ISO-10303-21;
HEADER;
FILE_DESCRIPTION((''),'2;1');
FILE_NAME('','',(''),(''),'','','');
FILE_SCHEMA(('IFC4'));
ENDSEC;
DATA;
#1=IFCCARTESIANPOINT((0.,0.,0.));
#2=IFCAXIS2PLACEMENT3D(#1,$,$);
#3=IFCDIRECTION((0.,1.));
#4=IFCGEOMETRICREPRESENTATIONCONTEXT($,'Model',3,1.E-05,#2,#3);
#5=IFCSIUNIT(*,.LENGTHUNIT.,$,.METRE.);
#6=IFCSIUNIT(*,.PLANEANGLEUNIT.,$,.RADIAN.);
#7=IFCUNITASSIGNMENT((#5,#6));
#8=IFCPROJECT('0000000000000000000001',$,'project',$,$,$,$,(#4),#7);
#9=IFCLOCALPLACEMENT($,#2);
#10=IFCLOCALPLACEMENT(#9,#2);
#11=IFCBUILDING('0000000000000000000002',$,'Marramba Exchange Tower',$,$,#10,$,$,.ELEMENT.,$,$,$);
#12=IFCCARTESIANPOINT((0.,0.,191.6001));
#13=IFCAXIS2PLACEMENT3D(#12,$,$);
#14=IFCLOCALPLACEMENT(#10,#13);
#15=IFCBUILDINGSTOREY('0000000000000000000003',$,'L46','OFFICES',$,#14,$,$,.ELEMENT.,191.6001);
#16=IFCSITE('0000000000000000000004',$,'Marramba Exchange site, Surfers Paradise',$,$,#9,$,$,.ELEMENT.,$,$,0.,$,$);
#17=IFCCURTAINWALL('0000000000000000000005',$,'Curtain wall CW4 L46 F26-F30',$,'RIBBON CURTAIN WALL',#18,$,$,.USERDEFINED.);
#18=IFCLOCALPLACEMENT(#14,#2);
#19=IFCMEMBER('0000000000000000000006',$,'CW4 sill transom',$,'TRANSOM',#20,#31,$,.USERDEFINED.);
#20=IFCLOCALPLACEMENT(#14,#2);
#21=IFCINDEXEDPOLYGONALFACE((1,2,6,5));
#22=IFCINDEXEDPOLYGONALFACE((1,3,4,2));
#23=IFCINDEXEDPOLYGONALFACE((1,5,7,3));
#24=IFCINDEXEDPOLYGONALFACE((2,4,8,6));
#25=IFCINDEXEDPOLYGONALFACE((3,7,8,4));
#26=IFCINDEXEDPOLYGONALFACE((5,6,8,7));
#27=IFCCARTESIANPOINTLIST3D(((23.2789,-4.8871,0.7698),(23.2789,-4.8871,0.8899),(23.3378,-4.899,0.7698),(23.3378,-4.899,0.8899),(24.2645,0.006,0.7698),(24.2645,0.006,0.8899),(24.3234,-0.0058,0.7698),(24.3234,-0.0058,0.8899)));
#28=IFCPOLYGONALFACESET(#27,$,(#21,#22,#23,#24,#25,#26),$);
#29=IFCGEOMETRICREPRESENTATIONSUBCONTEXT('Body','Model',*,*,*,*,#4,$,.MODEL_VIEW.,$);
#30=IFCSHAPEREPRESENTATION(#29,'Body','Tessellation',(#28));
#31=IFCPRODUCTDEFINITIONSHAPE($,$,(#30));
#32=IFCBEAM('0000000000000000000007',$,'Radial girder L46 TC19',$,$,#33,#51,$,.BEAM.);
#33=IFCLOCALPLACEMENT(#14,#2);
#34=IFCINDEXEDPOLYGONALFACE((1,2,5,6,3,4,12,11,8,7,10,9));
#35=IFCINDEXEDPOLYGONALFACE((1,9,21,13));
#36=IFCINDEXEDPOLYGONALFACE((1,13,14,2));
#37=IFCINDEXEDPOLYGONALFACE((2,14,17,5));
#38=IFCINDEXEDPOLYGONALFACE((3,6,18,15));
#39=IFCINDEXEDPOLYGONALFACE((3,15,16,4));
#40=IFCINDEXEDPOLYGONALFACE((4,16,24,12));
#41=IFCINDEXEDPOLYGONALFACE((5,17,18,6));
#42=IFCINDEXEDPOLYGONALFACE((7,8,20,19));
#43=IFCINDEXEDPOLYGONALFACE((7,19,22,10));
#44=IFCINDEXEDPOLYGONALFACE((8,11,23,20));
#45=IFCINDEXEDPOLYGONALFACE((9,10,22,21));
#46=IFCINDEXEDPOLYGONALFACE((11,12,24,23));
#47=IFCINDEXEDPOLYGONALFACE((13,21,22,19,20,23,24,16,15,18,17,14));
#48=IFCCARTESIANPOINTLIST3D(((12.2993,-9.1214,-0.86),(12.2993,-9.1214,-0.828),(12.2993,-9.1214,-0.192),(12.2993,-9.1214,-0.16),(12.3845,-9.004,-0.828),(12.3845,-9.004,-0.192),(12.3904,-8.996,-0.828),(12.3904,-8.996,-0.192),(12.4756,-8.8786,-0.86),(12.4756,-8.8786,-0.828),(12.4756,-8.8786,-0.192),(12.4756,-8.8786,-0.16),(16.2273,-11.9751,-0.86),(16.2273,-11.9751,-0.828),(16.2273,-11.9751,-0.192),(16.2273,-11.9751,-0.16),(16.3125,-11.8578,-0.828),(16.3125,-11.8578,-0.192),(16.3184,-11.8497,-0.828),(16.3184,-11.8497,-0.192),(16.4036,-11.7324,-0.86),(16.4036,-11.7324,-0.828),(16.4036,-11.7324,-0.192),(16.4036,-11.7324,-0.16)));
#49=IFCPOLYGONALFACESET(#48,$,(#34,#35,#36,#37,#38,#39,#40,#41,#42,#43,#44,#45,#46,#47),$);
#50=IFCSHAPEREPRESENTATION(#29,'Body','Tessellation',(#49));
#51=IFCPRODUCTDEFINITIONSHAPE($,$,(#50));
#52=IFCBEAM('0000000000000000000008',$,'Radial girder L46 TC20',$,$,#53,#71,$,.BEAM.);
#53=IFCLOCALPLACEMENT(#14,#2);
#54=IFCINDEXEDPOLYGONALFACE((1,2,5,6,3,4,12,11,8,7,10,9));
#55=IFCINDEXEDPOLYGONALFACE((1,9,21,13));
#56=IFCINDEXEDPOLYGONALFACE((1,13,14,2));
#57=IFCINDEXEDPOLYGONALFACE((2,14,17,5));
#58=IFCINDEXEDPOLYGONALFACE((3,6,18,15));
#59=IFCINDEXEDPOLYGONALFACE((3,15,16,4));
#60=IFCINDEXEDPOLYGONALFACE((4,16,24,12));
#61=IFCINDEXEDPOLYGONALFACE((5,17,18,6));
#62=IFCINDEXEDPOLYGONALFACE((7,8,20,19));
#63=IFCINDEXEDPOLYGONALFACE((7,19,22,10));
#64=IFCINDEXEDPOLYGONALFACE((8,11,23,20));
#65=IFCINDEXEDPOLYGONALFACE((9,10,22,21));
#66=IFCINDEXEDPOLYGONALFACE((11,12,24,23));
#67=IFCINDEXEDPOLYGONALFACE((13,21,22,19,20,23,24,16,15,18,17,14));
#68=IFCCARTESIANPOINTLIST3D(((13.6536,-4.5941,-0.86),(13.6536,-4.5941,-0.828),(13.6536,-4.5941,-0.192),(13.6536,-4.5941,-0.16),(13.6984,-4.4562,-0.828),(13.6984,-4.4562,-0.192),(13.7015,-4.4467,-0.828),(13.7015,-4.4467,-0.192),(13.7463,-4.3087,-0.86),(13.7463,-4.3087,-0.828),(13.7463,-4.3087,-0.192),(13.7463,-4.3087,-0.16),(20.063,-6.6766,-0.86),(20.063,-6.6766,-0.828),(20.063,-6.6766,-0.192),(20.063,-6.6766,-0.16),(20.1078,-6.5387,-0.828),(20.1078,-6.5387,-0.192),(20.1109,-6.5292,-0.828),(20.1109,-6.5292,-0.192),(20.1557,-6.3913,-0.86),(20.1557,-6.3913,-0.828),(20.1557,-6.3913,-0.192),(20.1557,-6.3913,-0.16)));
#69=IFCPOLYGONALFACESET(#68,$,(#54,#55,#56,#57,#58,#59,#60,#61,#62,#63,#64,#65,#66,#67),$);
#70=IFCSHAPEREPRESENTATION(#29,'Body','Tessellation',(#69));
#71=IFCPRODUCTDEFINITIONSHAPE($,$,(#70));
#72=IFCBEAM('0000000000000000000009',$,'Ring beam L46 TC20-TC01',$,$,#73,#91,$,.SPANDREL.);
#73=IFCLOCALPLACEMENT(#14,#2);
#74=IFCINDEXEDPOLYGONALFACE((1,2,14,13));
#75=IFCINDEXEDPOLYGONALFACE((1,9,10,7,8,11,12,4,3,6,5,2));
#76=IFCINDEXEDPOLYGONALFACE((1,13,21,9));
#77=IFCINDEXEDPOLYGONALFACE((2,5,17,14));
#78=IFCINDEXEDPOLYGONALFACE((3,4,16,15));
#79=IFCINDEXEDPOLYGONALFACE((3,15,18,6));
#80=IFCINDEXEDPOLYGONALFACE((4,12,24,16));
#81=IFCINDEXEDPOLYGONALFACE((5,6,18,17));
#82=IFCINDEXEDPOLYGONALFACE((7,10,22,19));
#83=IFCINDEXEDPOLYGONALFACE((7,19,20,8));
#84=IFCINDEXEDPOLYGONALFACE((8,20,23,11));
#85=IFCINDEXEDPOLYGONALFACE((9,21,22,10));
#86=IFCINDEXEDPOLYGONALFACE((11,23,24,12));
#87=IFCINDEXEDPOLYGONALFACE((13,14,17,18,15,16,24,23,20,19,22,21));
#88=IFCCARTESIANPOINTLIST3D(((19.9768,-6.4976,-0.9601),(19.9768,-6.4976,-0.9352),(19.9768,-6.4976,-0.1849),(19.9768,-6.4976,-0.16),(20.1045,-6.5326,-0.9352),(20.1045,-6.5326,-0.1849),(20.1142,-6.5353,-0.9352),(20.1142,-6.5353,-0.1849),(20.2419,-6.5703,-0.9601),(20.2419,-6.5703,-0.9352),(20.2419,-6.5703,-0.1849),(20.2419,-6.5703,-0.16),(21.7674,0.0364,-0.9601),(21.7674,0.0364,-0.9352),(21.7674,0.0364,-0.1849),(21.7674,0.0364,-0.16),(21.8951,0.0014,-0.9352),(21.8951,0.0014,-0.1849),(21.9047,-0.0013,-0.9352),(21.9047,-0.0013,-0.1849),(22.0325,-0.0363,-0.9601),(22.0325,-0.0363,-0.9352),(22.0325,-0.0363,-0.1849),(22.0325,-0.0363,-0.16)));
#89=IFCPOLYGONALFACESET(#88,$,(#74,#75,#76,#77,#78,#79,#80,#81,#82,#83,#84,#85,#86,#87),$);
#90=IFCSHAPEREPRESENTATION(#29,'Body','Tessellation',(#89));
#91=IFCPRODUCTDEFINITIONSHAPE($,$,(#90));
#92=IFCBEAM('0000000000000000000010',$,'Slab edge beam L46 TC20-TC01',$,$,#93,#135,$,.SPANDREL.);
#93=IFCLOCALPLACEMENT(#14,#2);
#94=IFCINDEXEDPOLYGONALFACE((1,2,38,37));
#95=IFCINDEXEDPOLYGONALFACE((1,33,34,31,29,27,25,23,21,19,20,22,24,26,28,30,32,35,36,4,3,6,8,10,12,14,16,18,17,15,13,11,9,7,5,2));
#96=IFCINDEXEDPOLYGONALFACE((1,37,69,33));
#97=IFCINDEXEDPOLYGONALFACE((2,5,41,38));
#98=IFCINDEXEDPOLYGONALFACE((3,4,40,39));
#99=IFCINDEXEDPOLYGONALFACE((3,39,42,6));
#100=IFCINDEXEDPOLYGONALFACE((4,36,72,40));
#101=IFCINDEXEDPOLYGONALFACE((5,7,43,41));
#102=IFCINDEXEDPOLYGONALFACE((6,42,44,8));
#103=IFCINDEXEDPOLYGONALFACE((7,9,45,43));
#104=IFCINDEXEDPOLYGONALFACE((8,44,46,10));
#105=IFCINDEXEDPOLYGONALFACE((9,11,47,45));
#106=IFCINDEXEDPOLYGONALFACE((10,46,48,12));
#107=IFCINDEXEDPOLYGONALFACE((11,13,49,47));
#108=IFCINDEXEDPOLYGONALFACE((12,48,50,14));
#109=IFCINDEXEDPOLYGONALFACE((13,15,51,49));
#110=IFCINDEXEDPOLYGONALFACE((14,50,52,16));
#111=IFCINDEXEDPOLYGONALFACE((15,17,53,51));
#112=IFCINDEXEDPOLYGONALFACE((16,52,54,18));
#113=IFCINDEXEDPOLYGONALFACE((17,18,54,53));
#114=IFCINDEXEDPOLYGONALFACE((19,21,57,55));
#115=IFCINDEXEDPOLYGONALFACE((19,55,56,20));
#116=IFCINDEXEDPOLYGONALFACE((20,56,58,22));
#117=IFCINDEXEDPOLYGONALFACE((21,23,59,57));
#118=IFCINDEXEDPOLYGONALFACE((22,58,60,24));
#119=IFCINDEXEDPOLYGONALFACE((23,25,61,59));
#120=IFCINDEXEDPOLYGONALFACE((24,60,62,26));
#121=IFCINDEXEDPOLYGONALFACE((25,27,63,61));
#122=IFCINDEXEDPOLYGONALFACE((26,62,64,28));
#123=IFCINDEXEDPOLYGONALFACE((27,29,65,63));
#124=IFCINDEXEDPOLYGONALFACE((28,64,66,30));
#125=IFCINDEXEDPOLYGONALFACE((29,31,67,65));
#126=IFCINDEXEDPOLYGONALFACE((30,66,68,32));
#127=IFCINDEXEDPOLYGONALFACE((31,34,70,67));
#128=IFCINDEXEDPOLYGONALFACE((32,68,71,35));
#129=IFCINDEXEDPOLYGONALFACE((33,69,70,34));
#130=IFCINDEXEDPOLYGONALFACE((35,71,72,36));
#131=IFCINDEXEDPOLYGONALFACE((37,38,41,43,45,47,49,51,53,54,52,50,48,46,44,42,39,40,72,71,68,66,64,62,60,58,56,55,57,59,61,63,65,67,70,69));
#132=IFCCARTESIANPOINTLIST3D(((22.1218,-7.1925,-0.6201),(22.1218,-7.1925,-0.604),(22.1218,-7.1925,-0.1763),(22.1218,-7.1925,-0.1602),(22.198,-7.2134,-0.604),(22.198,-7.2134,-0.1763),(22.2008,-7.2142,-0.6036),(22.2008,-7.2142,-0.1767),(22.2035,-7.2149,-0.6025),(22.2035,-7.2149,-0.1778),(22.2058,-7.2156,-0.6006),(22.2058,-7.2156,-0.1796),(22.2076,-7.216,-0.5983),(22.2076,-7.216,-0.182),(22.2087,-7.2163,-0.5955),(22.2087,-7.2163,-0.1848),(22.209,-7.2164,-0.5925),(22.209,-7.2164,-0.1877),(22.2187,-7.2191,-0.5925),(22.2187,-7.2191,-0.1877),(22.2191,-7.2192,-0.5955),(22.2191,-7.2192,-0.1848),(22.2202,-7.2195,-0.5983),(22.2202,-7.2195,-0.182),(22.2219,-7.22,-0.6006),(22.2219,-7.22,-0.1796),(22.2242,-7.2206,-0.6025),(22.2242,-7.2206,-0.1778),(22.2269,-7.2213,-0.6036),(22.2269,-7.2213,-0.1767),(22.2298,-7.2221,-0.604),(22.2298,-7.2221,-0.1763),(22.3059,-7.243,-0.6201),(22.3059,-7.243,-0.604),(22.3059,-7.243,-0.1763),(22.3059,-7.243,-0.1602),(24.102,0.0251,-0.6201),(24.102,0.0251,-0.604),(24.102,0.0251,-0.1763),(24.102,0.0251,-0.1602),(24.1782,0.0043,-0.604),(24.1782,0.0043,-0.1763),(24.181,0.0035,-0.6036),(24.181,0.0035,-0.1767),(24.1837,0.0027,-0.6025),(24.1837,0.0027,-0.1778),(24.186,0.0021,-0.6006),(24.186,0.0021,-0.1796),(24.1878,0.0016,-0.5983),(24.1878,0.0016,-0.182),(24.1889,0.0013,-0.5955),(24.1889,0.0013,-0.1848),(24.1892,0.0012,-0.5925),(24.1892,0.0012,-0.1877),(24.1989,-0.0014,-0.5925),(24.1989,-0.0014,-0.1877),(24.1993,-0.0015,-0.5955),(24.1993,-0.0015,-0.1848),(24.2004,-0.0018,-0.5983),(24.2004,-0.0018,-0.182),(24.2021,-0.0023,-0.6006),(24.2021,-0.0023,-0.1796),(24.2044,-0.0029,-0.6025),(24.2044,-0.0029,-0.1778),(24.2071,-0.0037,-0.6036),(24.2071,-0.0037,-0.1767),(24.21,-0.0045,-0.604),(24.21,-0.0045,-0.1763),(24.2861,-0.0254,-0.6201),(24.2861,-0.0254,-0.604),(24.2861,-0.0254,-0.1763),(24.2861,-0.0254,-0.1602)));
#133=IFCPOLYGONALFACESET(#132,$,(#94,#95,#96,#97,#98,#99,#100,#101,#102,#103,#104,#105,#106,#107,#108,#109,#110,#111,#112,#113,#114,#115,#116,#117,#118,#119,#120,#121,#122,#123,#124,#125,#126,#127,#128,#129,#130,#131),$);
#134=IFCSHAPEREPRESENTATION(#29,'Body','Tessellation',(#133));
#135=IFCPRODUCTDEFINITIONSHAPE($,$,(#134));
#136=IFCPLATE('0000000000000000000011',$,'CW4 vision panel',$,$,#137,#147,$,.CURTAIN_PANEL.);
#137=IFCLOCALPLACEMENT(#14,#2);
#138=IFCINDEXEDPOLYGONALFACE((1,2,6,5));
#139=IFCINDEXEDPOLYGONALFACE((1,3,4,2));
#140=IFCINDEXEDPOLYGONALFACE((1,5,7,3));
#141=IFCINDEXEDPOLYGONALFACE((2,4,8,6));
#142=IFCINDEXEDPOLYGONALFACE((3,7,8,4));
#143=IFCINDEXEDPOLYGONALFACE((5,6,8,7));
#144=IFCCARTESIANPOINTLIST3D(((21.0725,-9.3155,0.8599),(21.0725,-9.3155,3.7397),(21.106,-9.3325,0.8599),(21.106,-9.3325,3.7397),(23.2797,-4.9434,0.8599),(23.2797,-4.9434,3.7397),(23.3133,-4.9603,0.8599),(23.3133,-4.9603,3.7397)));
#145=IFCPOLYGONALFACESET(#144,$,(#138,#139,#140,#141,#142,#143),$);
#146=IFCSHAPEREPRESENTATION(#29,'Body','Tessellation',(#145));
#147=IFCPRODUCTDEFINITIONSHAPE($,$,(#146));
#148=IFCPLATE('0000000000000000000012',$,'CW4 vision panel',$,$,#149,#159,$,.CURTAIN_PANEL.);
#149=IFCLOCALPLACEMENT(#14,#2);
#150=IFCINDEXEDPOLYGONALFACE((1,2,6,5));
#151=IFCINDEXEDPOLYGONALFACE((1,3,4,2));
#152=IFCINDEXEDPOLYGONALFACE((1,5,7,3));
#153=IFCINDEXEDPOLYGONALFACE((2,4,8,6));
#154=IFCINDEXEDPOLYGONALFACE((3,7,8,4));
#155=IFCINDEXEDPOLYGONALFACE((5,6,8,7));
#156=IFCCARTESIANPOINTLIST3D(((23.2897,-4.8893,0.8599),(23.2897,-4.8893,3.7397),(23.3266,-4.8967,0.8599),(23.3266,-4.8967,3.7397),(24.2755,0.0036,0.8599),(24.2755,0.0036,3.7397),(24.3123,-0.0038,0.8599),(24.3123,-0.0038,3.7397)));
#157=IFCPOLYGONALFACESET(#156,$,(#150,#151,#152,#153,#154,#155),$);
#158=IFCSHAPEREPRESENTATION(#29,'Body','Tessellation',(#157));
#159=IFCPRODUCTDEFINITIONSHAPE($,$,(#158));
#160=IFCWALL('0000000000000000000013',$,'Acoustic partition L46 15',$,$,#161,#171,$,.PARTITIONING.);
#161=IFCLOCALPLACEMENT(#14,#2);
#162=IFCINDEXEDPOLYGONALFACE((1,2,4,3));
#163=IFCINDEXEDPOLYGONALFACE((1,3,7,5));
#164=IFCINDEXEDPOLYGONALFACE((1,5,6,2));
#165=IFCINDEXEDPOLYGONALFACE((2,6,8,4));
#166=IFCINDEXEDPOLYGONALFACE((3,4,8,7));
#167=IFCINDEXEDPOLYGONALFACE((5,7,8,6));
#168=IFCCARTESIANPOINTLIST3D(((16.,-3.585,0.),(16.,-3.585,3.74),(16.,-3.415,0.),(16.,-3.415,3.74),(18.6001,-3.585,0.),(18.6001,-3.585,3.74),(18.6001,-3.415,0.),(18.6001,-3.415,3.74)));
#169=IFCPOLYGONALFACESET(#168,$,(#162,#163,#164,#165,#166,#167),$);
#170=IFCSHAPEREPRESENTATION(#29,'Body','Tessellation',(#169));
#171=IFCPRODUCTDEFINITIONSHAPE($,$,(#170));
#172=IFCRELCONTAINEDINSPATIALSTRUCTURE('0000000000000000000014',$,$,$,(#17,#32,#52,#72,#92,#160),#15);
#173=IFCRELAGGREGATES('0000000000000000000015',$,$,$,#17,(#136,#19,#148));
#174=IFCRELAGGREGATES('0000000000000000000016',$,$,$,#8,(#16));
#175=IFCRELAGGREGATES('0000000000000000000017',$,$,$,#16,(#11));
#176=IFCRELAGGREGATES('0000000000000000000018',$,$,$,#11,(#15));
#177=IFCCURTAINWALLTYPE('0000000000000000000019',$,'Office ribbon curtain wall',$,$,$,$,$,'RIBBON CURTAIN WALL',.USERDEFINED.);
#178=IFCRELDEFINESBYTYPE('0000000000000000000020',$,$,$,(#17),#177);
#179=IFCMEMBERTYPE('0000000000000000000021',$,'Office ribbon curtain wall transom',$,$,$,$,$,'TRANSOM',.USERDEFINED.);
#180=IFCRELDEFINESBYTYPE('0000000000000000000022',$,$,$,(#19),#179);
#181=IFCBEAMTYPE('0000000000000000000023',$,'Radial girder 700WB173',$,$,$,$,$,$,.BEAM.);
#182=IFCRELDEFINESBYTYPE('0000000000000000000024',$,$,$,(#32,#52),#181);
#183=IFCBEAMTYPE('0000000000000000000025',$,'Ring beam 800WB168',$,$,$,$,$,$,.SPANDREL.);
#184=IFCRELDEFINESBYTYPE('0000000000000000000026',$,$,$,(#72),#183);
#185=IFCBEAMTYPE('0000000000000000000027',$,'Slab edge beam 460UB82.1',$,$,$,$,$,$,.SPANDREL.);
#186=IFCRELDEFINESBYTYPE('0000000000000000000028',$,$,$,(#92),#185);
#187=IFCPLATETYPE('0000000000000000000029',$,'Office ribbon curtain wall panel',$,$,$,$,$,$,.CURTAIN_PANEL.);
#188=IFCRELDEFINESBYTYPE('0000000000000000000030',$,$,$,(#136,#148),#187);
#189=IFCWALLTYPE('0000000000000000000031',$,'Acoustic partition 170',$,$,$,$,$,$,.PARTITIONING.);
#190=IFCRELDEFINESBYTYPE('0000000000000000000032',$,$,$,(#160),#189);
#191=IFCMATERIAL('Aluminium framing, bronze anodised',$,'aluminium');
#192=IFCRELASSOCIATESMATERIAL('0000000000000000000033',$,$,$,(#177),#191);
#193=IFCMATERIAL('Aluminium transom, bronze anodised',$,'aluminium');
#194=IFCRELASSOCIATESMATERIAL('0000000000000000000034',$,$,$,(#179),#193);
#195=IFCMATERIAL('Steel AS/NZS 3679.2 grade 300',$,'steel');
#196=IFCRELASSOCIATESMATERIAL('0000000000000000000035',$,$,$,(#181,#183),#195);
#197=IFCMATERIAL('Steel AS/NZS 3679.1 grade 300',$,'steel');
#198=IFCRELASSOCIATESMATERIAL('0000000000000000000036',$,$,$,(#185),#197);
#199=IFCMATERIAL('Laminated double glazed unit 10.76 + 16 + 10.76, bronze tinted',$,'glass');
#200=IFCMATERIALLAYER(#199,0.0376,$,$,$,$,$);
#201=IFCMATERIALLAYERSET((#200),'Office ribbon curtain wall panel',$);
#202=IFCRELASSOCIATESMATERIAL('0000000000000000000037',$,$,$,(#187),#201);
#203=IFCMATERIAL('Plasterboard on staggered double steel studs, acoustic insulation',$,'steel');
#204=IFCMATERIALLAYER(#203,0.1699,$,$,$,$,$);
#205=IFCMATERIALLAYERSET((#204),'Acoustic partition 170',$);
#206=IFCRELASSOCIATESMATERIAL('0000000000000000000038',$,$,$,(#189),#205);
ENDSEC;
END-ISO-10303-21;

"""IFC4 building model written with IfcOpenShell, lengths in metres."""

from ifc_helpers import new_model, si_unit, direction, frame, frame_2d, origin, origin_2d, place, context, subcontext, project, spatial, rectangle, i_section, extrude, material, layer, layer_set, material_profile, profile_set, type_object, element, aggregate, save


model = new_model("IFC4")

# Units and contexts
model_context = context("Model", 3, precision=1e-05, world=origin(), true_north=direction((0.0, 1.0)))
body_context = subcontext(model_context, "Body", "Model", "MODEL_VIEW")
ifc_project = project(units=[si_unit("LENGTHUNIT", "METRE"), si_unit("PLANEANGLEUNIT", "RADIAN")], contexts=[model_context])

# Site, building, storey
site_placement = place(None, origin())
site = spatial("IfcSite", under=ifc_project, at=site_placement, Name="Marramba Exchange site, Surfers Paradise", CompositionType="ELEMENT", RefElevation=0.0)
building_placement = place(site_placement, origin())
building = spatial("IfcBuilding", under=site, at=building_placement, Name="Marramba Exchange Tower", CompositionType="ELEMENT")
storey_placement = place(building_placement, frame((0.0, 0.0, 191.6001)))
storey = spatial("IfcBuildingStorey", under=building, at=storey_placement, Name="L46", Description="OFFICES", CompositionType="ELEMENT", Elevation=191.6001)

# Shared definitions
ifc_material_1 = material(Name="Steel AS/NZS 3679.2 grade 300", Category="steel")
ifc_material_2 = material(Name="Steel AS/NZS 3679.1 grade 300", Category="steel")

# Curtain wall, member
ifc_material_3 = material(Name="Aluminium framing, bronze anodised", Category="aluminium")
curtain_wall_type = type_object("IfcCurtainWallType", Name="Office ribbon curtain wall", ElementType="RIBBON CURTAIN WALL", PredefinedType="USERDEFINED", material=ifc_material_3)
curtain_wall_placement = place(storey_placement, origin())
curtain_wall = element("IfcCurtainWall", 1, at=curtain_wall_placement, inside=storey, type_object=curtain_wall_type, Name="Curtain wall CW4 L46 F26-F30", ObjectType="RIBBON CURTAIN WALL", PredefinedType="USERDEFINED")
ifc_material_4 = material(Name="Aluminium transom, bronze anodised", Category="aluminium")
ifc_material_profile_1 = material_profile(ifc_material_4, rectangle(XDim=0.0601, YDim=0.1201, at=origin_2d()), Name="CW4 transom 60x120")
ifc_profile_set_1 = profile_set([ifc_material_profile_1], Name="Aluminium transom, bronze anodised")
member_type_1 = type_object("IfcMemberType", Name="Office ribbon curtain wall transom", ElementType="TRANSOM", PredefinedType="USERDEFINED", material=ifc_profile_set_1)
member_1_placement = place(storey_placement, frame((23.3083, -4.8931, 0.8298), z_axis=(0.197461, 0.980311, 0.0), x_axis=(-0.980311, 0.197461, 0.0)))
member_1 = element("IfcMember", 2, at=member_1_placement, type_object=member_type_1, Name="CW4 sill transom", ObjectType="TRANSOM", PredefinedType="USERDEFINED", context=body_context, shape_type="SweptSolid", body=[
    extrude(rectangle(XDim=0.0601, YDim=0.1201, at=origin_2d()), origin(), (0.0, 0.0, 1.0), 4.9915),
])

# Beams
ifc_material_profile_2 = material_profile(ifc_material_1, i_section(OverallWidth=0.3, OverallDepth=0.7, WebThickness=0.01, FlangeThickness=0.032, at=origin_2d()), Name="700WB173")
ifc_profile_set_2 = profile_set([ifc_material_profile_2], Name="Steel AS/NZS 3679.2 grade 300")
beam_type_1 = type_object("IfcBeamType", Name="Radial girder 700WB173", PredefinedType="BEAM", material=ifc_profile_set_2)
beam_1_placement = place(storey_placement, frame((12.3875, -9.0, -0.51), z_axis=(0.809025, -0.587774, 0.0), x_axis=(0.587774, 0.809025, 0.0)))
element("IfcBeam", 3, at=beam_1_placement, inside=storey, type_object=beam_type_1, Name="Radial girder L46 TC19", PredefinedType="BEAM", context=body_context, shape_type="SweptSolid", body=[
    extrude(i_section(OverallWidth=0.3, OverallDepth=0.7, WebThickness=0.01, FlangeThickness=0.032, at=origin_2d()), origin(), (0.0, 0.0, 1.0), 4.8552),
])
beam_2_placement = place(storey_placement, frame((13.7, -4.4514, -0.51), z_axis=(0.951058, -0.309013, 0.0), x_axis=(0.309013, 0.951058, 0.0)))
element("IfcBeam", 4, at=beam_2_placement, inside=storey, type_object=beam_type_1, Name="Radial girder L46 TC20", PredefinedType="BEAM", context=body_context, shape_type="SweptSolid", body=[
    extrude(i_section(OverallWidth=0.3, OverallDepth=0.7, WebThickness=0.01, FlangeThickness=0.032, at=origin_2d()), origin(), (0.0, 0.0, 1.0), 6.7393),
])
ifc_material_profile_3 = material_profile(ifc_material_1, i_section(OverallWidth=0.2749, OverallDepth=0.8, WebThickness=0.01, FlangeThickness=0.0249, at=origin_2d()), Name="800WB168")
ifc_profile_set_3 = profile_set([ifc_material_profile_3], Name="Steel AS/NZS 3679.2 grade 300")
beam_type_2 = type_object("IfcBeamType", Name="Ring beam 800WB168", PredefinedType="SPANDREL", material=ifc_profile_set_3)
beam_3_placement = place(storey_placement, frame((20.1094, -6.5339, -0.5601), z_axis=(0.264291, 0.964443, 0.0), x_axis=(-0.964443, 0.264291, 0.0)))
element("IfcBeam", 5, at=beam_3_placement, inside=storey, type_object=beam_type_2, Name="Ring beam L46 TC20-TC01", PredefinedType="SPANDREL", context=body_context, shape_type="SweptSolid", body=[
    extrude(i_section(OverallWidth=0.2749, OverallDepth=0.8, WebThickness=0.01, FlangeThickness=0.0249, at=origin_2d()), origin(), (0.0, 0.0, 1.0), 6.7749),
])
ifc_material_profile_4 = material_profile(ifc_material_2, i_section(OverallWidth=0.1909, OverallDepth=0.46, WebThickness=0.01, FlangeThickness=0.0161, FilletRadius=0.0115, at=origin_2d()), Name="460UB82.1")
ifc_profile_set_4 = profile_set([ifc_material_profile_4], Name="Steel AS/NZS 3679.1 grade 300")
beam_type_3 = type_object("IfcBeamType", Name="Slab edge beam 460UB82.1", PredefinedType="SPANDREL", material=ifc_profile_set_4)
beam_4_placement = place(storey_placement, frame((22.2139, -7.2178, -0.3901), z_axis=(0.264577, 0.964365, 0.0), x_axis=(-0.964365, 0.264577, 0.0)))
element("IfcBeam", 6, at=beam_4_placement, inside=storey, type_object=beam_type_3, Name="Slab edge beam L46 TC20-TC01", PredefinedType="SPANDREL", context=body_context, shape_type="SweptSolid", body=[
    extrude(i_section(OverallWidth=0.1909, OverallDepth=0.46, WebThickness=0.01, FlangeThickness=0.0161, FilletRadius=0.0115, at=origin_2d()), origin(), (0.0, 0.0, 1.0), 7.4844),
])

# Plates
ifc_material_5 = material(Name="Laminated double glazed unit 10.76 + 16 + 10.76, bronze tinted", Category="glass")
ifc_layer_1 = layer(ifc_material_5, 0.0376)
ifc_layer_set_1 = layer_set([ifc_layer_1], Name="Office ribbon curtain wall panel")
plate_type = type_object("IfcPlateType", Name="Office ribbon curtain wall panel", PredefinedType="CURTAIN_PANEL", material=ifc_layer_set_1)
plate_1_placement = place(storey_placement, frame((22.1929, -7.1379, 0.8599), z_axis=(0.0, 0.0, 1.0), x_axis=(0.450673, 0.892689, 0.0)))
plate_1 = element("IfcPlate", 7, at=plate_1_placement, type_object=plate_type, Name="CW4 vision panel", PredefinedType="CURTAIN_PANEL", context=body_context, shape_type="SweptSolid", body=[
    extrude(rectangle(XDim=4.8977, YDim=0.0376, at=origin_2d()), origin(), (0.0, 0.0, 1.0), 2.8799),
])
plate_2_placement = place(storey_placement, frame((23.801, -2.4465, 0.8599), z_axis=(0.0, 0.0, 1.0), x_axis=(0.197495, 0.980304, 0.0)))
plate_2 = element("IfcPlate", 8, at=plate_2_placement, type_object=plate_type, Name="CW4 vision panel", PredefinedType="CURTAIN_PANEL", context=body_context, shape_type="SweptSolid", body=[
    extrude(rectangle(XDim=4.9912, YDim=0.0376, at=origin_2d()), origin(), (0.0, 0.0, 1.0), 2.8799),
])
aggregate(curtain_wall, [plate_1, member_1, plate_2])

# Wall
ifc_material_6 = material(Name="Plasterboard on staggered double steel studs, acoustic insulation", Category="steel")
ifc_layer_2 = layer(ifc_material_6, 0.1699)
ifc_layer_set_2 = layer_set([ifc_layer_2], Name="Acoustic partition 170")
wall_type_1 = type_object("IfcWallType", Name="Acoustic partition 170", PredefinedType="PARTITIONING", material=ifc_layer_set_2)
wall_1_placement = place(storey_placement, frame((18.6001, -3.5, 0.0), z_axis=(0.0, 0.0, 1.0), x_axis=(-1.0, 0.0, 0.0)))
element("IfcWall", 9, at=wall_1_placement, inside=storey, type_object=wall_type_1, Name="Acoustic partition L46 15", PredefinedType="PARTITIONING", context=body_context, shape_type="SweptSolid", body=[
    extrude(rectangle(XDim=2.6001, YDim=0.1699, at=frame_2d((1.3, 0.0))), origin(), (0.0, 0.0, 1.0), 3.74),
])

save(model, "model.ifc")
